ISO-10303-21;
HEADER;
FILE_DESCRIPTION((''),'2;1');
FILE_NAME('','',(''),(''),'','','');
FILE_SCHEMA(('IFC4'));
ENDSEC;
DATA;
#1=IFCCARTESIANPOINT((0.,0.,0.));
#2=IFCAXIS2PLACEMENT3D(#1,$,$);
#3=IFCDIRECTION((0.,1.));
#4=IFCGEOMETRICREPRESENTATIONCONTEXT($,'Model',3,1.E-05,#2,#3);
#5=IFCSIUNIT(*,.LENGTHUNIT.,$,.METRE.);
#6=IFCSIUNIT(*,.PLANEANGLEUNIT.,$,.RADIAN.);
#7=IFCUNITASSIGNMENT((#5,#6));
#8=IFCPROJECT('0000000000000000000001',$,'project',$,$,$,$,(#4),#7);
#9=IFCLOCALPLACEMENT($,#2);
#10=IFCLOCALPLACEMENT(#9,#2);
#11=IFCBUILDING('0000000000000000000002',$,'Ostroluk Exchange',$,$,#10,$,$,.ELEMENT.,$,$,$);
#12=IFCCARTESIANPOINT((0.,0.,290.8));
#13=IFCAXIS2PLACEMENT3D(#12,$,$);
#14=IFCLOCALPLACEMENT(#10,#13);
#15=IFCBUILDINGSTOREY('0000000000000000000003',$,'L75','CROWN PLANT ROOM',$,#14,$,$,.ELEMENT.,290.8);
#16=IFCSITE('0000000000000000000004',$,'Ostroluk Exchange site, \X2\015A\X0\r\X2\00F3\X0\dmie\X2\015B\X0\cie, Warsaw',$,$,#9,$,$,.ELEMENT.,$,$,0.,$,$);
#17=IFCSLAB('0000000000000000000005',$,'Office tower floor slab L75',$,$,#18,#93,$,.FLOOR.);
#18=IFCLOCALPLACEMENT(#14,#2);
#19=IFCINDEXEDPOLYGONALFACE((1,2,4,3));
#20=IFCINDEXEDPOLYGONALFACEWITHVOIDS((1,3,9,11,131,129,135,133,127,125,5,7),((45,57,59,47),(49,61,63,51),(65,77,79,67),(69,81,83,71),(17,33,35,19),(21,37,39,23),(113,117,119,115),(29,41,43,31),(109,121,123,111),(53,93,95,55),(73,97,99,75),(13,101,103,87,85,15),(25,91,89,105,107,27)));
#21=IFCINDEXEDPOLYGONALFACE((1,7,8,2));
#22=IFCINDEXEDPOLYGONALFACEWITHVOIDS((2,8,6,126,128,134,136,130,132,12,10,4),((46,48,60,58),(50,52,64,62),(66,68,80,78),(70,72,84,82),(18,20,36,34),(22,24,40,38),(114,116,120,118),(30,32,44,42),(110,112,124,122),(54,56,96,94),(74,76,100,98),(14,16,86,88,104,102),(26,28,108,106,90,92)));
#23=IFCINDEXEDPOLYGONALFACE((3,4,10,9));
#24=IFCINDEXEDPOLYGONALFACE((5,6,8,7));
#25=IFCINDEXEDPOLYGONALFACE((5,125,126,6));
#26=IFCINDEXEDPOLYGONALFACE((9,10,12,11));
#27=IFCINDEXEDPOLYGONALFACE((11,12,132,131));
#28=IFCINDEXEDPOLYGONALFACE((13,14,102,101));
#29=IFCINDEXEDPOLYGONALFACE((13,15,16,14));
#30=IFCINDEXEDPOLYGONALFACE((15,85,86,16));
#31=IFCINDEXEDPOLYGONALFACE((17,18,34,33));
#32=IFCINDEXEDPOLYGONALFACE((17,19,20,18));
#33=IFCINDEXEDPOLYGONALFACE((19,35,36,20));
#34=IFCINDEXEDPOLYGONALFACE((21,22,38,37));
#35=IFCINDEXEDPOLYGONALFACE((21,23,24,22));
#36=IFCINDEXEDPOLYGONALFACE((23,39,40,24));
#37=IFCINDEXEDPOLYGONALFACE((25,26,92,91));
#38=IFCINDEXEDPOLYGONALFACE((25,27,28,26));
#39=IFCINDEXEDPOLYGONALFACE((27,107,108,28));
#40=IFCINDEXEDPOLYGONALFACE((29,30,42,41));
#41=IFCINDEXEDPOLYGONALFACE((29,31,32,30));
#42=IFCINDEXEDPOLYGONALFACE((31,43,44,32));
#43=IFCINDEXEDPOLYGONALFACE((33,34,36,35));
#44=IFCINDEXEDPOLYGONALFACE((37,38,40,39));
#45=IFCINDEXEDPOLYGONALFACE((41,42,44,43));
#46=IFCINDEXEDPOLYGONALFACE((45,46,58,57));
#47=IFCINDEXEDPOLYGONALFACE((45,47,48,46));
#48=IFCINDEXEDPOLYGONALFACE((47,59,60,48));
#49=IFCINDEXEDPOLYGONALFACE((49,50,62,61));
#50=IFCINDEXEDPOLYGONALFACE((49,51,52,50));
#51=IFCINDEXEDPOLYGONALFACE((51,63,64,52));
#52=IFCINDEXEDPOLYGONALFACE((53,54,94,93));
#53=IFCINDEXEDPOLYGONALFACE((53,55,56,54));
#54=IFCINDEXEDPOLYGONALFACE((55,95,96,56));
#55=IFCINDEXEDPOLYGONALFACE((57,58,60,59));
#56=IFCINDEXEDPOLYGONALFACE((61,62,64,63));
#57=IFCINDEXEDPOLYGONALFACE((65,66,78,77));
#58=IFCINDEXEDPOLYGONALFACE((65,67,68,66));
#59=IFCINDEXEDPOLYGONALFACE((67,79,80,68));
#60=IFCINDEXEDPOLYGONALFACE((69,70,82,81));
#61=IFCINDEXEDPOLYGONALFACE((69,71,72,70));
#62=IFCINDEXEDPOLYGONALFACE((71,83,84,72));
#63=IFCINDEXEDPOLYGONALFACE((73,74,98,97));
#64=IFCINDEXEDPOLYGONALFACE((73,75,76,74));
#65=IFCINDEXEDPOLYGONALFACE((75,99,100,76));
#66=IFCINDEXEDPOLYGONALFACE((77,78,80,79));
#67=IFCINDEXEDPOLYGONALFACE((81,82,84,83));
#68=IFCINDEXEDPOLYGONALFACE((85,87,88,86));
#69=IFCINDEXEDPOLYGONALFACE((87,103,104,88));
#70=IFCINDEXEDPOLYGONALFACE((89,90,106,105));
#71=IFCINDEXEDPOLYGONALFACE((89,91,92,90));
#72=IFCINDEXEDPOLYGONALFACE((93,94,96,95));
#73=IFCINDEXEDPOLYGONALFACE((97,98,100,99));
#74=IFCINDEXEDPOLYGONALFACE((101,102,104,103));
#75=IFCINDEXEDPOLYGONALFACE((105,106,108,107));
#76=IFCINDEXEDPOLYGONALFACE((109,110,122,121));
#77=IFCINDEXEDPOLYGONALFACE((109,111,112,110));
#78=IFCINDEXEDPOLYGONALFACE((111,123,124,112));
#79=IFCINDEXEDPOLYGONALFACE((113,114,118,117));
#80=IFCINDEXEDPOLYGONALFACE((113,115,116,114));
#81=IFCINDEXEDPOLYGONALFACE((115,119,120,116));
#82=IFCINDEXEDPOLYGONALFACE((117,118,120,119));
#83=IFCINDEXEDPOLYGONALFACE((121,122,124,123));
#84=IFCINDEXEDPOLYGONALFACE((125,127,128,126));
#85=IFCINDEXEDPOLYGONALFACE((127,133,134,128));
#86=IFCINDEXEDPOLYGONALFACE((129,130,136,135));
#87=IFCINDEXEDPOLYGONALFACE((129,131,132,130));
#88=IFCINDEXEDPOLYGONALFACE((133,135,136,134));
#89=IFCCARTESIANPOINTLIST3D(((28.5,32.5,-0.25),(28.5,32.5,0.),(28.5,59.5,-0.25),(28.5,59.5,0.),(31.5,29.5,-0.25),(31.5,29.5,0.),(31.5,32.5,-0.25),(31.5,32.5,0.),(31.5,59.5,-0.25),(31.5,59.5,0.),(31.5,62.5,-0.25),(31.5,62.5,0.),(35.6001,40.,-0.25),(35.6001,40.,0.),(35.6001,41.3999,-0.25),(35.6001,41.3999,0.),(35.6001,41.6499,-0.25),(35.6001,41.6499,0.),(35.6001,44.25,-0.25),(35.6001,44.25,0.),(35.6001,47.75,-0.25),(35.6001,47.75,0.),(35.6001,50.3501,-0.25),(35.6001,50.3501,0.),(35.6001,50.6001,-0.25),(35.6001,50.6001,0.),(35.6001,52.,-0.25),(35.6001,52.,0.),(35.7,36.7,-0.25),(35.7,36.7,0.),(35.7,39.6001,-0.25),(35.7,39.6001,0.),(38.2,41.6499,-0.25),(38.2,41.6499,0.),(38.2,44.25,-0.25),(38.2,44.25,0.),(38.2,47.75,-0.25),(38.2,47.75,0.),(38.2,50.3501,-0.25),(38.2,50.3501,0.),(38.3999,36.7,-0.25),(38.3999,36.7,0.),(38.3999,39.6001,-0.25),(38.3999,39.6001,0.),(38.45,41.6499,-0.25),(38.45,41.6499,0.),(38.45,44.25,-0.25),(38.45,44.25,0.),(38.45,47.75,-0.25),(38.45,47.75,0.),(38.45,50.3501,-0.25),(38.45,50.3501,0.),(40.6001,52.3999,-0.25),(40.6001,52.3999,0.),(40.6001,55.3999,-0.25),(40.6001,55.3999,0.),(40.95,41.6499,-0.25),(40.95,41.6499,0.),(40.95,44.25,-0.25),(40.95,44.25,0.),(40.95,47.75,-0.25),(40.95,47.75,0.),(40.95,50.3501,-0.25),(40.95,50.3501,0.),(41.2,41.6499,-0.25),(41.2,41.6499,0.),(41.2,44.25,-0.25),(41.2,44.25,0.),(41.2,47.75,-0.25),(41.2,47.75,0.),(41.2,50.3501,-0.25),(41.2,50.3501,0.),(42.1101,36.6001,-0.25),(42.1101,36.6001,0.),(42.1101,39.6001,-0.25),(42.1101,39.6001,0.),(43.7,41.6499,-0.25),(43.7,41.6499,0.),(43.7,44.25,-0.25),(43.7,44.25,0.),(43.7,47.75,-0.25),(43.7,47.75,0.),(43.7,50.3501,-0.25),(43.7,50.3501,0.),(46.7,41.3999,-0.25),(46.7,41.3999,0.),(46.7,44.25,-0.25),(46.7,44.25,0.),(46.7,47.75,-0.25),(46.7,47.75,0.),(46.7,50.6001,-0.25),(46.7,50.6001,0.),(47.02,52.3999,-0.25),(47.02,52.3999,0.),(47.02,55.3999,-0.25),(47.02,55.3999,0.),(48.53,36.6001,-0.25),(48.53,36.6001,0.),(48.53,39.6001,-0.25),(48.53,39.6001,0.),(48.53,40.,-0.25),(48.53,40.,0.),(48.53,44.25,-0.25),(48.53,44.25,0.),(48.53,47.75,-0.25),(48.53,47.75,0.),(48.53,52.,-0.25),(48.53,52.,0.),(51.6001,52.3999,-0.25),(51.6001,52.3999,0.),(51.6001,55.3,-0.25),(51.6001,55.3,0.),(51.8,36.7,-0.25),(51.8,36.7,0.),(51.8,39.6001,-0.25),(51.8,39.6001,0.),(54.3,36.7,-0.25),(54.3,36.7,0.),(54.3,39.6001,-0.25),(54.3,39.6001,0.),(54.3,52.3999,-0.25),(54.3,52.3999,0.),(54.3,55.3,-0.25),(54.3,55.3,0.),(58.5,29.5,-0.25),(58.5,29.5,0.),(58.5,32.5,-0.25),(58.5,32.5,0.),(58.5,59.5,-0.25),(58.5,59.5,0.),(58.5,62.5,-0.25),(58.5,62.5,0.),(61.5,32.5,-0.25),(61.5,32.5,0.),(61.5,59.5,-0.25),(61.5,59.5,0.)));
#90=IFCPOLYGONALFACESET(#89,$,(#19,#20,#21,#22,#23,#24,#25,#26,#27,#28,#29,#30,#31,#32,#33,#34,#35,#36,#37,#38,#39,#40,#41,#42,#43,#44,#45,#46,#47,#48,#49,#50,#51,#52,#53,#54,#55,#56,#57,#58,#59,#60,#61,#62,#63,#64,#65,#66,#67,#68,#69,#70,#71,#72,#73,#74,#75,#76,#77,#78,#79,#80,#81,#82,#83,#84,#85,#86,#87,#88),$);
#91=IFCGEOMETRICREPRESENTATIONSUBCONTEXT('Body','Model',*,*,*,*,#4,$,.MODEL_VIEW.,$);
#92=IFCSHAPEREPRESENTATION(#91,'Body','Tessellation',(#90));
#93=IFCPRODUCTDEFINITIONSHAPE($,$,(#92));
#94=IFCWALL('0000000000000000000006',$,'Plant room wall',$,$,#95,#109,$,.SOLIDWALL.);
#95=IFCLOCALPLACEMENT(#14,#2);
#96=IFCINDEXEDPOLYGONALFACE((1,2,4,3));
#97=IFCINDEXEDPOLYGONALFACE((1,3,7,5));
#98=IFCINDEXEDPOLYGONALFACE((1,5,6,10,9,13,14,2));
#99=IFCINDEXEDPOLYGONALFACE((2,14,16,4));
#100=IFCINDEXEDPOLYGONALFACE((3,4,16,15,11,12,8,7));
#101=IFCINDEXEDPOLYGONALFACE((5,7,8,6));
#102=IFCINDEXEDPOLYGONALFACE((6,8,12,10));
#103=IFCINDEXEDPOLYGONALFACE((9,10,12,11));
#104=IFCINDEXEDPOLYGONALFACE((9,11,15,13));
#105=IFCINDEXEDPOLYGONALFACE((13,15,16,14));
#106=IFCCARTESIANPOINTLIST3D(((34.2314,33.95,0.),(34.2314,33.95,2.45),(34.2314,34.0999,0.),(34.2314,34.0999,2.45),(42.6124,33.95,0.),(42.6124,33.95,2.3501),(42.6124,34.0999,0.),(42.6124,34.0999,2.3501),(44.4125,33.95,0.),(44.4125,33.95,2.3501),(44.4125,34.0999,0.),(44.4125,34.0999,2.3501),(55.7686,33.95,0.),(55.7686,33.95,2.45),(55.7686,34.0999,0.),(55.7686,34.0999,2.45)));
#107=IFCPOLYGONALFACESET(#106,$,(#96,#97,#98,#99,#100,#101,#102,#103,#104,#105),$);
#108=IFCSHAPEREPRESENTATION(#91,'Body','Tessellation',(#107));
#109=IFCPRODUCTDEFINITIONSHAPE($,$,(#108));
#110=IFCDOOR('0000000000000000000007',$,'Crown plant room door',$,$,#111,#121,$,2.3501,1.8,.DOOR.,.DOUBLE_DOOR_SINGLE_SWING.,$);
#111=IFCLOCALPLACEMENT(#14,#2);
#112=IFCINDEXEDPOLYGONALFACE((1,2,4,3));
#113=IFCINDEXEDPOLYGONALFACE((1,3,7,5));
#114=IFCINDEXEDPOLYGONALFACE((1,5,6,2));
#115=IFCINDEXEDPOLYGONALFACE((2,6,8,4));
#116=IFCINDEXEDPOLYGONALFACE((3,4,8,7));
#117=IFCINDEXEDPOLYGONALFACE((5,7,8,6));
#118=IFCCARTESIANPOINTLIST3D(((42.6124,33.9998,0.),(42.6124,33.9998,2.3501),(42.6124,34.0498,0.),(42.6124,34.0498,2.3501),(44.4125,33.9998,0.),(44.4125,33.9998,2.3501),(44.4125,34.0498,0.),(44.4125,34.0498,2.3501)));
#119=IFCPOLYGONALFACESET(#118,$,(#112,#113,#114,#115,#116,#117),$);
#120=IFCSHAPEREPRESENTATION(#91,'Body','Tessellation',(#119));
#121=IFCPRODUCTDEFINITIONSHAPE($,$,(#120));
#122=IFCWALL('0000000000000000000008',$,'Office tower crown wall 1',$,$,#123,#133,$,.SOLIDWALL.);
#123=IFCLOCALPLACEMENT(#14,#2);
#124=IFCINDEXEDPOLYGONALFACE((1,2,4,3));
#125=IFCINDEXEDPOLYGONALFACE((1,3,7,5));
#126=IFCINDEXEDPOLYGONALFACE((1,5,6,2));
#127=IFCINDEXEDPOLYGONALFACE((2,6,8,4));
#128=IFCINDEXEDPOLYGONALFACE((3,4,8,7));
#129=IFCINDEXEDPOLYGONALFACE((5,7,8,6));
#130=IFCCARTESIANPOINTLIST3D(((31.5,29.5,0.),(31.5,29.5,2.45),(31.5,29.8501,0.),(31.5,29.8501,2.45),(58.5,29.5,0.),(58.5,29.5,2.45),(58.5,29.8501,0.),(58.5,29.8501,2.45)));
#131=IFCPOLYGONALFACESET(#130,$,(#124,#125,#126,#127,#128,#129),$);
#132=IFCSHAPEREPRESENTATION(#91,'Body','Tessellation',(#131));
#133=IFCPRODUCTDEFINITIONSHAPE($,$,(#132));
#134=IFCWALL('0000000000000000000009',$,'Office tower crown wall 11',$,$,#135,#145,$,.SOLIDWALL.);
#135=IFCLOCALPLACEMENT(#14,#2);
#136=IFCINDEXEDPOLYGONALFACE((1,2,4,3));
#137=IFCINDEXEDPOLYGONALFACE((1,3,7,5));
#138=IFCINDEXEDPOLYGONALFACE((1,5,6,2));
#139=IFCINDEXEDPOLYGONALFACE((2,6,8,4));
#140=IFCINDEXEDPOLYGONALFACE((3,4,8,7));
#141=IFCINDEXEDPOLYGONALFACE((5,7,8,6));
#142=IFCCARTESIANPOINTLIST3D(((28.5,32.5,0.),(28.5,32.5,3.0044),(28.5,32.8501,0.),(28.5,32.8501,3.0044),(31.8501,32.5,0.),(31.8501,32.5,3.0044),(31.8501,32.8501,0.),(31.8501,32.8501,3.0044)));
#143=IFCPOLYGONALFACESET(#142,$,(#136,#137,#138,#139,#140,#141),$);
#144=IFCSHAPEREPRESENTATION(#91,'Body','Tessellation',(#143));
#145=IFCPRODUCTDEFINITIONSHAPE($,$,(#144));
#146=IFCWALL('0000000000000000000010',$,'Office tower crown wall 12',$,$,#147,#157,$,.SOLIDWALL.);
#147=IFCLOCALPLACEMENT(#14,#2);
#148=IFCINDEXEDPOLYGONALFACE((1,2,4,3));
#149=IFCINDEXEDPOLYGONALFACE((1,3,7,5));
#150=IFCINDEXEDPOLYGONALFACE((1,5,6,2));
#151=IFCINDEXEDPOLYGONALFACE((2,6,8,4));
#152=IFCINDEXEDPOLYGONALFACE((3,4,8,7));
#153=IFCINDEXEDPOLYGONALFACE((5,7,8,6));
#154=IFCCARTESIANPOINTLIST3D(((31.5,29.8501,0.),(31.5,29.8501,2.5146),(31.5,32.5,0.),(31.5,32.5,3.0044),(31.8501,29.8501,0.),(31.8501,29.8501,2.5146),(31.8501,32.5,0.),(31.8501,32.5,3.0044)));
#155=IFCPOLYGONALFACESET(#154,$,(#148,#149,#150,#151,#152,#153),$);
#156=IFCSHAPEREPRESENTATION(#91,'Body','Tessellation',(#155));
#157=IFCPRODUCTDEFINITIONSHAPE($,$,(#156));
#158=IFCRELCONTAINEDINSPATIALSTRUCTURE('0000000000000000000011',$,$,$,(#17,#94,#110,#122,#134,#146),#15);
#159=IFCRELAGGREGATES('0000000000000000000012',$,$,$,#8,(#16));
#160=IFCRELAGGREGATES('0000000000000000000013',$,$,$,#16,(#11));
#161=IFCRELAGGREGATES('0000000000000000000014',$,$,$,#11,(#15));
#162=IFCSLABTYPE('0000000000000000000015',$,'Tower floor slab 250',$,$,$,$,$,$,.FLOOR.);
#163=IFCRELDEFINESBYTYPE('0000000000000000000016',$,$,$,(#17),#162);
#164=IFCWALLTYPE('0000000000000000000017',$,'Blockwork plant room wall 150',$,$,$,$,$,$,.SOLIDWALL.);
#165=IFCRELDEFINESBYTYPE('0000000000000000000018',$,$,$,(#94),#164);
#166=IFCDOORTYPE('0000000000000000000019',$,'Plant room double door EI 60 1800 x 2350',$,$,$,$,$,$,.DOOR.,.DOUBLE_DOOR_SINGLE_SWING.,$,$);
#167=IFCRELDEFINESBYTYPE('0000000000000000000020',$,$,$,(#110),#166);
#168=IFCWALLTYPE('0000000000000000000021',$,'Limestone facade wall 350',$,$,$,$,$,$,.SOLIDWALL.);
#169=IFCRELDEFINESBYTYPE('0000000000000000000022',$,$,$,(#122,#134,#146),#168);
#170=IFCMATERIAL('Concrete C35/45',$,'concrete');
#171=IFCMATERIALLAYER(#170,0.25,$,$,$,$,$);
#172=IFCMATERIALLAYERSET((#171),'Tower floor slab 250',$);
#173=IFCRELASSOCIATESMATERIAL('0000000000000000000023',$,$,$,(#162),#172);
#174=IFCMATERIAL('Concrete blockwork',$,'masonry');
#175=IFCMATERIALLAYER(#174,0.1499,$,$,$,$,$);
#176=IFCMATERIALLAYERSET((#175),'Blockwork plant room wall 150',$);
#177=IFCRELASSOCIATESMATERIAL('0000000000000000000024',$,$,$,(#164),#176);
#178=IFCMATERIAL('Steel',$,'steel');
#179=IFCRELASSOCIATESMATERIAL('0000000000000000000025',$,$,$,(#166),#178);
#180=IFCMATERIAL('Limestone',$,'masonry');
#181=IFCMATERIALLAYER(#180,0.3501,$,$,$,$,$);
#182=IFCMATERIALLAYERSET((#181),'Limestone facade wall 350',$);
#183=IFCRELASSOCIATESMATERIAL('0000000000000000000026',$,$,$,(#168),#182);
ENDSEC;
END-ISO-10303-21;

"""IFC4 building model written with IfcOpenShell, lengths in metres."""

from ifc_helpers import new_model, si_unit, direction, frame, frame_2d, origin, place, context, subcontext, project, spatial, polyline, rectangle, outline, extrude, material, layer, layer_set, type_object, element, fill, save


model = new_model("IFC4")

# Units and contexts
model_context = context("Model", 3, precision=1e-05, world=origin(), true_north=direction((0.0, 1.0)))
body_context = subcontext(model_context, "Body", "Model", "MODEL_VIEW")
ifc_project = project(units=[si_unit("LENGTHUNIT", "METRE"), si_unit("PLANEANGLEUNIT", "RADIAN")], contexts=[model_context])

# Site, building, storey
site_placement = place(None, origin())
site = spatial("IfcSite", under=ifc_project, at=site_placement, Name="Ostroluk Exchange site, Śródmieście, Warsaw", CompositionType="ELEMENT", RefElevation=0.0)
building_placement = place(site_placement, origin())
building = spatial("IfcBuilding", under=site, at=building_placement, Name="Ostroluk Exchange", CompositionType="ELEMENT")
storey_placement = place(building_placement, frame((0.0, 0.0, 290.8)))
storey = spatial("IfcBuildingStorey", under=building, at=storey_placement, Name="L75", Description="CROWN PLANT ROOM", CompositionType="ELEMENT", Elevation=290.8)

# Slab
ifc_material_1 = material(Name="Concrete C35/45", Category="concrete")
ifc_layer_1 = layer(ifc_material_1, 0.25)
ifc_layer_set_1 = layer_set([ifc_layer_1], Name="Tower floor slab 250")
slab_type_1 = type_object("IfcSlabType", Name="Tower floor slab 250", PredefinedType="FLOOR", material=ifc_layer_set_1)
slab_1_placement = place(storey_placement, frame((0.0, 0.0, -0.25)))
element("IfcSlab", 1, at=slab_1_placement, inside=storey, type_object=slab_type_1, Name="Office tower floor slab L75", PredefinedType="FLOOR", context=body_context, shape_type="SweptSolid", body=[
    extrude(outline(polyline([(31.5, 29.5), (58.5, 29.5), (58.5, 32.5), (61.5, 32.5), (61.5, 59.5), (58.5, 59.5), (58.5, 62.5), (31.5, 62.5), (31.5, 59.5), (28.5, 59.5), (28.5, 32.5), (31.5, 32.5), (31.5, 29.5)]), holes=[polyline([(35.7, 36.7), (38.3999, 36.7), (38.3999, 39.6001), (35.7, 39.6001), (35.7, 36.7)]), polyline([(42.1101, 36.6001), (48.53, 36.6001), (48.53, 39.6001), (42.1101, 39.6001), (42.1101, 36.6001)]), polyline([(51.8, 36.7), (54.3, 36.7), (54.3, 39.6001), (51.8, 39.6001), (51.8, 36.7)]), polyline([(40.6001, 52.3999), (47.02, 52.3999), (47.02, 55.3999), (40.6001, 55.3999), (40.6001, 52.3999)]), polyline([(51.6001, 52.3999), (54.3, 52.3999), (54.3, 55.3), (51.6001, 55.3), (51.6001, 52.3999)]), polyline([(35.6001, 47.75), (38.2, 47.75), (38.2, 50.3501), (35.6001, 50.3501), (35.6001, 47.75)]), polyline([(38.45, 47.75), (40.95, 47.75), (40.95, 50.3501), (38.45, 50.3501), (38.45, 47.75)]), polyline([(41.2, 47.75), (43.7, 47.75), (43.7, 50.3501), (41.2, 50.3501), (41.2, 47.75)]), polyline([(35.6001, 41.6499), (38.2, 41.6499), (38.2, 44.25), (35.6001, 44.25), (35.6001, 41.6499)]), polyline([(38.45, 41.6499), (40.95, 41.6499), (40.95, 44.25), (38.45, 44.25), (38.45, 41.6499)]), polyline([(41.2, 41.6499), (43.7, 41.6499), (43.7, 44.25), (41.2, 44.25), (41.2, 41.6499)]), polyline([(48.53, 52.0), (48.53, 47.75), (46.7, 47.75), (46.7, 50.6001), (35.6001, 50.6001), (35.6001, 52.0), (48.53, 52.0)]), polyline([(35.6001, 40.0), (35.6001, 41.3999), (46.7, 41.3999), (46.7, 44.25), (48.53, 44.25), (48.53, 40.0), (35.6001, 40.0)])]), origin(), (0.0, 0.0, 1.0), 0.25),
])

# Wall, opening, door
ifc_material_2 = material(Name="Concrete blockwork", Category="masonry")
ifc_layer_2 = layer(ifc_material_2, 0.1499)
ifc_layer_set_2 = layer_set([ifc_layer_2], Name="Blockwork plant room wall 150")
wall_type_1 = type_object("IfcWallType", Name="Blockwork plant room wall 150", PredefinedType="SOLIDWALL", material=ifc_layer_set_2)
wall_1_placement = place(storey_placement, frame((34.2314, 34.0249, 0.0), z_axis=(0.0, 0.0, 1.0), x_axis=(1.0, 0.0, 0.0)))
wall_1 = element("IfcWall", 2, at=wall_1_placement, inside=storey, type_object=wall_type_1, Name="Plant room wall", PredefinedType="SOLIDWALL", context=body_context, shape_type="SweptSolid", body=[
    extrude(rectangle(XDim=21.5371, YDim=0.1499, at=frame_2d((10.7686, 0.0))), origin(), (0.0, 0.0, 1.0), 2.45),
])
opening_placement = place(wall_1_placement, frame((8.3811, 0.0, 0.0)))
opening = element("IfcOpeningElement", 3, at=opening_placement, cuts=wall_1, PredefinedType="OPENING", context=body_context, shape_type="SweptSolid", body=[
    extrude(rectangle(XDim=1.8, YDim=2.3501, at=frame_2d((0.8999, 1.175))), frame((0.0, 0.085, 0.0), z_axis=(0.0, -1.0, 0.0), x_axis=(1.0, 0.0, 0.0)), (0.0, 0.0, 1.0), 0.1699),
])
ifc_material_3 = material(Name="Steel", Category="steel")
door_type = type_object("IfcDoorType", Name="Plant room double door EI 60 1800 x 2350", OperationType="DOUBLE_DOOR_SINGLE_SWING", PredefinedType="DOOR", material=ifc_material_3)
door_placement = place(opening_placement, origin())
door = element("IfcDoor", 4, at=door_placement, inside=storey, type_object=door_type, Name="Crown plant room door", OperationType="DOUBLE_DOOR_SINGLE_SWING", OverallHeight=2.3501, OverallWidth=1.8, PredefinedType="DOOR", context=body_context, shape_type="SweptSolid", body=[
    extrude(rectangle(XDim=1.8, YDim=2.3501, at=frame_2d((0.8999, 1.175))), frame((0.0, 0.0249, 0.0), z_axis=(0.0, -1.0, 0.0), x_axis=(1.0, 0.0, 0.0)), (0.0, 0.0, 1.0), 0.05),
])
fill(opening, door)

# Walls
ifc_material_4 = material(Name="Limestone", Category="masonry")
ifc_layer_3 = layer(ifc_material_4, 0.3501)
ifc_layer_set_3 = layer_set([ifc_layer_3], Name="Limestone facade wall 350")
wall_type_2 = type_object("IfcWallType", Name="Limestone facade wall 350", PredefinedType="SOLIDWALL", material=ifc_layer_set_3)
wall_2_placement = place(storey_placement, frame((31.5, 29.675, 0.0), z_axis=(0.0, 0.0, 1.0), x_axis=(1.0, 0.0, 0.0)))
element("IfcWall", 5, at=wall_2_placement, inside=storey, type_object=wall_type_2, Name="Office tower crown wall 1", PredefinedType="SOLIDWALL", context=body_context, shape_type="SweptSolid", body=[
    extrude(rectangle(XDim=27.0, YDim=0.3501, at=frame_2d((13.5, 0.0))), origin(), (0.0, 0.0, 1.0), 2.45),
])
wall_3_placement = place(storey_placement, frame((28.5, 32.675, 0.0), z_axis=(0.0, 0.0, 1.0), x_axis=(1.0, 0.0, 0.0)))
element("IfcWall", 6, at=wall_3_placement, inside=storey, type_object=wall_type_2, Name="Office tower crown wall 11", PredefinedType="SOLIDWALL", context=body_context, shape_type="SweptSolid", body=[
    extrude(rectangle(XDim=3.3501, YDim=0.3501, at=frame_2d((1.675, 0.0))), origin(), (0.0, 0.0, 1.0), 3.0044),
])
wall_4_placement = place(storey_placement, frame((31.675, 32.5, 0.0), z_axis=(0.0, 0.0, 1.0), x_axis=(0.0, -1.0, 0.0)))
element("IfcWall", 7, at=wall_4_placement, inside=storey, type_object=wall_type_2, Name="Office tower crown wall 12", PredefinedType="SOLIDWALL", context=body_context, shape_type="SweptSolid", body=[
    extrude(outline(polyline([(0.0, 0.0), (2.6499, 0.0), (2.6499, 2.5146), (0.0, 3.0044), (0.0, 0.0)])), frame((0.0, 0.175, 0.0), z_axis=(0.0, -1.0, 0.0), x_axis=(1.0, 0.0, 0.0)), (0.0, 0.0, 1.0), 0.3501),
])

save(model, "model.ifc")
